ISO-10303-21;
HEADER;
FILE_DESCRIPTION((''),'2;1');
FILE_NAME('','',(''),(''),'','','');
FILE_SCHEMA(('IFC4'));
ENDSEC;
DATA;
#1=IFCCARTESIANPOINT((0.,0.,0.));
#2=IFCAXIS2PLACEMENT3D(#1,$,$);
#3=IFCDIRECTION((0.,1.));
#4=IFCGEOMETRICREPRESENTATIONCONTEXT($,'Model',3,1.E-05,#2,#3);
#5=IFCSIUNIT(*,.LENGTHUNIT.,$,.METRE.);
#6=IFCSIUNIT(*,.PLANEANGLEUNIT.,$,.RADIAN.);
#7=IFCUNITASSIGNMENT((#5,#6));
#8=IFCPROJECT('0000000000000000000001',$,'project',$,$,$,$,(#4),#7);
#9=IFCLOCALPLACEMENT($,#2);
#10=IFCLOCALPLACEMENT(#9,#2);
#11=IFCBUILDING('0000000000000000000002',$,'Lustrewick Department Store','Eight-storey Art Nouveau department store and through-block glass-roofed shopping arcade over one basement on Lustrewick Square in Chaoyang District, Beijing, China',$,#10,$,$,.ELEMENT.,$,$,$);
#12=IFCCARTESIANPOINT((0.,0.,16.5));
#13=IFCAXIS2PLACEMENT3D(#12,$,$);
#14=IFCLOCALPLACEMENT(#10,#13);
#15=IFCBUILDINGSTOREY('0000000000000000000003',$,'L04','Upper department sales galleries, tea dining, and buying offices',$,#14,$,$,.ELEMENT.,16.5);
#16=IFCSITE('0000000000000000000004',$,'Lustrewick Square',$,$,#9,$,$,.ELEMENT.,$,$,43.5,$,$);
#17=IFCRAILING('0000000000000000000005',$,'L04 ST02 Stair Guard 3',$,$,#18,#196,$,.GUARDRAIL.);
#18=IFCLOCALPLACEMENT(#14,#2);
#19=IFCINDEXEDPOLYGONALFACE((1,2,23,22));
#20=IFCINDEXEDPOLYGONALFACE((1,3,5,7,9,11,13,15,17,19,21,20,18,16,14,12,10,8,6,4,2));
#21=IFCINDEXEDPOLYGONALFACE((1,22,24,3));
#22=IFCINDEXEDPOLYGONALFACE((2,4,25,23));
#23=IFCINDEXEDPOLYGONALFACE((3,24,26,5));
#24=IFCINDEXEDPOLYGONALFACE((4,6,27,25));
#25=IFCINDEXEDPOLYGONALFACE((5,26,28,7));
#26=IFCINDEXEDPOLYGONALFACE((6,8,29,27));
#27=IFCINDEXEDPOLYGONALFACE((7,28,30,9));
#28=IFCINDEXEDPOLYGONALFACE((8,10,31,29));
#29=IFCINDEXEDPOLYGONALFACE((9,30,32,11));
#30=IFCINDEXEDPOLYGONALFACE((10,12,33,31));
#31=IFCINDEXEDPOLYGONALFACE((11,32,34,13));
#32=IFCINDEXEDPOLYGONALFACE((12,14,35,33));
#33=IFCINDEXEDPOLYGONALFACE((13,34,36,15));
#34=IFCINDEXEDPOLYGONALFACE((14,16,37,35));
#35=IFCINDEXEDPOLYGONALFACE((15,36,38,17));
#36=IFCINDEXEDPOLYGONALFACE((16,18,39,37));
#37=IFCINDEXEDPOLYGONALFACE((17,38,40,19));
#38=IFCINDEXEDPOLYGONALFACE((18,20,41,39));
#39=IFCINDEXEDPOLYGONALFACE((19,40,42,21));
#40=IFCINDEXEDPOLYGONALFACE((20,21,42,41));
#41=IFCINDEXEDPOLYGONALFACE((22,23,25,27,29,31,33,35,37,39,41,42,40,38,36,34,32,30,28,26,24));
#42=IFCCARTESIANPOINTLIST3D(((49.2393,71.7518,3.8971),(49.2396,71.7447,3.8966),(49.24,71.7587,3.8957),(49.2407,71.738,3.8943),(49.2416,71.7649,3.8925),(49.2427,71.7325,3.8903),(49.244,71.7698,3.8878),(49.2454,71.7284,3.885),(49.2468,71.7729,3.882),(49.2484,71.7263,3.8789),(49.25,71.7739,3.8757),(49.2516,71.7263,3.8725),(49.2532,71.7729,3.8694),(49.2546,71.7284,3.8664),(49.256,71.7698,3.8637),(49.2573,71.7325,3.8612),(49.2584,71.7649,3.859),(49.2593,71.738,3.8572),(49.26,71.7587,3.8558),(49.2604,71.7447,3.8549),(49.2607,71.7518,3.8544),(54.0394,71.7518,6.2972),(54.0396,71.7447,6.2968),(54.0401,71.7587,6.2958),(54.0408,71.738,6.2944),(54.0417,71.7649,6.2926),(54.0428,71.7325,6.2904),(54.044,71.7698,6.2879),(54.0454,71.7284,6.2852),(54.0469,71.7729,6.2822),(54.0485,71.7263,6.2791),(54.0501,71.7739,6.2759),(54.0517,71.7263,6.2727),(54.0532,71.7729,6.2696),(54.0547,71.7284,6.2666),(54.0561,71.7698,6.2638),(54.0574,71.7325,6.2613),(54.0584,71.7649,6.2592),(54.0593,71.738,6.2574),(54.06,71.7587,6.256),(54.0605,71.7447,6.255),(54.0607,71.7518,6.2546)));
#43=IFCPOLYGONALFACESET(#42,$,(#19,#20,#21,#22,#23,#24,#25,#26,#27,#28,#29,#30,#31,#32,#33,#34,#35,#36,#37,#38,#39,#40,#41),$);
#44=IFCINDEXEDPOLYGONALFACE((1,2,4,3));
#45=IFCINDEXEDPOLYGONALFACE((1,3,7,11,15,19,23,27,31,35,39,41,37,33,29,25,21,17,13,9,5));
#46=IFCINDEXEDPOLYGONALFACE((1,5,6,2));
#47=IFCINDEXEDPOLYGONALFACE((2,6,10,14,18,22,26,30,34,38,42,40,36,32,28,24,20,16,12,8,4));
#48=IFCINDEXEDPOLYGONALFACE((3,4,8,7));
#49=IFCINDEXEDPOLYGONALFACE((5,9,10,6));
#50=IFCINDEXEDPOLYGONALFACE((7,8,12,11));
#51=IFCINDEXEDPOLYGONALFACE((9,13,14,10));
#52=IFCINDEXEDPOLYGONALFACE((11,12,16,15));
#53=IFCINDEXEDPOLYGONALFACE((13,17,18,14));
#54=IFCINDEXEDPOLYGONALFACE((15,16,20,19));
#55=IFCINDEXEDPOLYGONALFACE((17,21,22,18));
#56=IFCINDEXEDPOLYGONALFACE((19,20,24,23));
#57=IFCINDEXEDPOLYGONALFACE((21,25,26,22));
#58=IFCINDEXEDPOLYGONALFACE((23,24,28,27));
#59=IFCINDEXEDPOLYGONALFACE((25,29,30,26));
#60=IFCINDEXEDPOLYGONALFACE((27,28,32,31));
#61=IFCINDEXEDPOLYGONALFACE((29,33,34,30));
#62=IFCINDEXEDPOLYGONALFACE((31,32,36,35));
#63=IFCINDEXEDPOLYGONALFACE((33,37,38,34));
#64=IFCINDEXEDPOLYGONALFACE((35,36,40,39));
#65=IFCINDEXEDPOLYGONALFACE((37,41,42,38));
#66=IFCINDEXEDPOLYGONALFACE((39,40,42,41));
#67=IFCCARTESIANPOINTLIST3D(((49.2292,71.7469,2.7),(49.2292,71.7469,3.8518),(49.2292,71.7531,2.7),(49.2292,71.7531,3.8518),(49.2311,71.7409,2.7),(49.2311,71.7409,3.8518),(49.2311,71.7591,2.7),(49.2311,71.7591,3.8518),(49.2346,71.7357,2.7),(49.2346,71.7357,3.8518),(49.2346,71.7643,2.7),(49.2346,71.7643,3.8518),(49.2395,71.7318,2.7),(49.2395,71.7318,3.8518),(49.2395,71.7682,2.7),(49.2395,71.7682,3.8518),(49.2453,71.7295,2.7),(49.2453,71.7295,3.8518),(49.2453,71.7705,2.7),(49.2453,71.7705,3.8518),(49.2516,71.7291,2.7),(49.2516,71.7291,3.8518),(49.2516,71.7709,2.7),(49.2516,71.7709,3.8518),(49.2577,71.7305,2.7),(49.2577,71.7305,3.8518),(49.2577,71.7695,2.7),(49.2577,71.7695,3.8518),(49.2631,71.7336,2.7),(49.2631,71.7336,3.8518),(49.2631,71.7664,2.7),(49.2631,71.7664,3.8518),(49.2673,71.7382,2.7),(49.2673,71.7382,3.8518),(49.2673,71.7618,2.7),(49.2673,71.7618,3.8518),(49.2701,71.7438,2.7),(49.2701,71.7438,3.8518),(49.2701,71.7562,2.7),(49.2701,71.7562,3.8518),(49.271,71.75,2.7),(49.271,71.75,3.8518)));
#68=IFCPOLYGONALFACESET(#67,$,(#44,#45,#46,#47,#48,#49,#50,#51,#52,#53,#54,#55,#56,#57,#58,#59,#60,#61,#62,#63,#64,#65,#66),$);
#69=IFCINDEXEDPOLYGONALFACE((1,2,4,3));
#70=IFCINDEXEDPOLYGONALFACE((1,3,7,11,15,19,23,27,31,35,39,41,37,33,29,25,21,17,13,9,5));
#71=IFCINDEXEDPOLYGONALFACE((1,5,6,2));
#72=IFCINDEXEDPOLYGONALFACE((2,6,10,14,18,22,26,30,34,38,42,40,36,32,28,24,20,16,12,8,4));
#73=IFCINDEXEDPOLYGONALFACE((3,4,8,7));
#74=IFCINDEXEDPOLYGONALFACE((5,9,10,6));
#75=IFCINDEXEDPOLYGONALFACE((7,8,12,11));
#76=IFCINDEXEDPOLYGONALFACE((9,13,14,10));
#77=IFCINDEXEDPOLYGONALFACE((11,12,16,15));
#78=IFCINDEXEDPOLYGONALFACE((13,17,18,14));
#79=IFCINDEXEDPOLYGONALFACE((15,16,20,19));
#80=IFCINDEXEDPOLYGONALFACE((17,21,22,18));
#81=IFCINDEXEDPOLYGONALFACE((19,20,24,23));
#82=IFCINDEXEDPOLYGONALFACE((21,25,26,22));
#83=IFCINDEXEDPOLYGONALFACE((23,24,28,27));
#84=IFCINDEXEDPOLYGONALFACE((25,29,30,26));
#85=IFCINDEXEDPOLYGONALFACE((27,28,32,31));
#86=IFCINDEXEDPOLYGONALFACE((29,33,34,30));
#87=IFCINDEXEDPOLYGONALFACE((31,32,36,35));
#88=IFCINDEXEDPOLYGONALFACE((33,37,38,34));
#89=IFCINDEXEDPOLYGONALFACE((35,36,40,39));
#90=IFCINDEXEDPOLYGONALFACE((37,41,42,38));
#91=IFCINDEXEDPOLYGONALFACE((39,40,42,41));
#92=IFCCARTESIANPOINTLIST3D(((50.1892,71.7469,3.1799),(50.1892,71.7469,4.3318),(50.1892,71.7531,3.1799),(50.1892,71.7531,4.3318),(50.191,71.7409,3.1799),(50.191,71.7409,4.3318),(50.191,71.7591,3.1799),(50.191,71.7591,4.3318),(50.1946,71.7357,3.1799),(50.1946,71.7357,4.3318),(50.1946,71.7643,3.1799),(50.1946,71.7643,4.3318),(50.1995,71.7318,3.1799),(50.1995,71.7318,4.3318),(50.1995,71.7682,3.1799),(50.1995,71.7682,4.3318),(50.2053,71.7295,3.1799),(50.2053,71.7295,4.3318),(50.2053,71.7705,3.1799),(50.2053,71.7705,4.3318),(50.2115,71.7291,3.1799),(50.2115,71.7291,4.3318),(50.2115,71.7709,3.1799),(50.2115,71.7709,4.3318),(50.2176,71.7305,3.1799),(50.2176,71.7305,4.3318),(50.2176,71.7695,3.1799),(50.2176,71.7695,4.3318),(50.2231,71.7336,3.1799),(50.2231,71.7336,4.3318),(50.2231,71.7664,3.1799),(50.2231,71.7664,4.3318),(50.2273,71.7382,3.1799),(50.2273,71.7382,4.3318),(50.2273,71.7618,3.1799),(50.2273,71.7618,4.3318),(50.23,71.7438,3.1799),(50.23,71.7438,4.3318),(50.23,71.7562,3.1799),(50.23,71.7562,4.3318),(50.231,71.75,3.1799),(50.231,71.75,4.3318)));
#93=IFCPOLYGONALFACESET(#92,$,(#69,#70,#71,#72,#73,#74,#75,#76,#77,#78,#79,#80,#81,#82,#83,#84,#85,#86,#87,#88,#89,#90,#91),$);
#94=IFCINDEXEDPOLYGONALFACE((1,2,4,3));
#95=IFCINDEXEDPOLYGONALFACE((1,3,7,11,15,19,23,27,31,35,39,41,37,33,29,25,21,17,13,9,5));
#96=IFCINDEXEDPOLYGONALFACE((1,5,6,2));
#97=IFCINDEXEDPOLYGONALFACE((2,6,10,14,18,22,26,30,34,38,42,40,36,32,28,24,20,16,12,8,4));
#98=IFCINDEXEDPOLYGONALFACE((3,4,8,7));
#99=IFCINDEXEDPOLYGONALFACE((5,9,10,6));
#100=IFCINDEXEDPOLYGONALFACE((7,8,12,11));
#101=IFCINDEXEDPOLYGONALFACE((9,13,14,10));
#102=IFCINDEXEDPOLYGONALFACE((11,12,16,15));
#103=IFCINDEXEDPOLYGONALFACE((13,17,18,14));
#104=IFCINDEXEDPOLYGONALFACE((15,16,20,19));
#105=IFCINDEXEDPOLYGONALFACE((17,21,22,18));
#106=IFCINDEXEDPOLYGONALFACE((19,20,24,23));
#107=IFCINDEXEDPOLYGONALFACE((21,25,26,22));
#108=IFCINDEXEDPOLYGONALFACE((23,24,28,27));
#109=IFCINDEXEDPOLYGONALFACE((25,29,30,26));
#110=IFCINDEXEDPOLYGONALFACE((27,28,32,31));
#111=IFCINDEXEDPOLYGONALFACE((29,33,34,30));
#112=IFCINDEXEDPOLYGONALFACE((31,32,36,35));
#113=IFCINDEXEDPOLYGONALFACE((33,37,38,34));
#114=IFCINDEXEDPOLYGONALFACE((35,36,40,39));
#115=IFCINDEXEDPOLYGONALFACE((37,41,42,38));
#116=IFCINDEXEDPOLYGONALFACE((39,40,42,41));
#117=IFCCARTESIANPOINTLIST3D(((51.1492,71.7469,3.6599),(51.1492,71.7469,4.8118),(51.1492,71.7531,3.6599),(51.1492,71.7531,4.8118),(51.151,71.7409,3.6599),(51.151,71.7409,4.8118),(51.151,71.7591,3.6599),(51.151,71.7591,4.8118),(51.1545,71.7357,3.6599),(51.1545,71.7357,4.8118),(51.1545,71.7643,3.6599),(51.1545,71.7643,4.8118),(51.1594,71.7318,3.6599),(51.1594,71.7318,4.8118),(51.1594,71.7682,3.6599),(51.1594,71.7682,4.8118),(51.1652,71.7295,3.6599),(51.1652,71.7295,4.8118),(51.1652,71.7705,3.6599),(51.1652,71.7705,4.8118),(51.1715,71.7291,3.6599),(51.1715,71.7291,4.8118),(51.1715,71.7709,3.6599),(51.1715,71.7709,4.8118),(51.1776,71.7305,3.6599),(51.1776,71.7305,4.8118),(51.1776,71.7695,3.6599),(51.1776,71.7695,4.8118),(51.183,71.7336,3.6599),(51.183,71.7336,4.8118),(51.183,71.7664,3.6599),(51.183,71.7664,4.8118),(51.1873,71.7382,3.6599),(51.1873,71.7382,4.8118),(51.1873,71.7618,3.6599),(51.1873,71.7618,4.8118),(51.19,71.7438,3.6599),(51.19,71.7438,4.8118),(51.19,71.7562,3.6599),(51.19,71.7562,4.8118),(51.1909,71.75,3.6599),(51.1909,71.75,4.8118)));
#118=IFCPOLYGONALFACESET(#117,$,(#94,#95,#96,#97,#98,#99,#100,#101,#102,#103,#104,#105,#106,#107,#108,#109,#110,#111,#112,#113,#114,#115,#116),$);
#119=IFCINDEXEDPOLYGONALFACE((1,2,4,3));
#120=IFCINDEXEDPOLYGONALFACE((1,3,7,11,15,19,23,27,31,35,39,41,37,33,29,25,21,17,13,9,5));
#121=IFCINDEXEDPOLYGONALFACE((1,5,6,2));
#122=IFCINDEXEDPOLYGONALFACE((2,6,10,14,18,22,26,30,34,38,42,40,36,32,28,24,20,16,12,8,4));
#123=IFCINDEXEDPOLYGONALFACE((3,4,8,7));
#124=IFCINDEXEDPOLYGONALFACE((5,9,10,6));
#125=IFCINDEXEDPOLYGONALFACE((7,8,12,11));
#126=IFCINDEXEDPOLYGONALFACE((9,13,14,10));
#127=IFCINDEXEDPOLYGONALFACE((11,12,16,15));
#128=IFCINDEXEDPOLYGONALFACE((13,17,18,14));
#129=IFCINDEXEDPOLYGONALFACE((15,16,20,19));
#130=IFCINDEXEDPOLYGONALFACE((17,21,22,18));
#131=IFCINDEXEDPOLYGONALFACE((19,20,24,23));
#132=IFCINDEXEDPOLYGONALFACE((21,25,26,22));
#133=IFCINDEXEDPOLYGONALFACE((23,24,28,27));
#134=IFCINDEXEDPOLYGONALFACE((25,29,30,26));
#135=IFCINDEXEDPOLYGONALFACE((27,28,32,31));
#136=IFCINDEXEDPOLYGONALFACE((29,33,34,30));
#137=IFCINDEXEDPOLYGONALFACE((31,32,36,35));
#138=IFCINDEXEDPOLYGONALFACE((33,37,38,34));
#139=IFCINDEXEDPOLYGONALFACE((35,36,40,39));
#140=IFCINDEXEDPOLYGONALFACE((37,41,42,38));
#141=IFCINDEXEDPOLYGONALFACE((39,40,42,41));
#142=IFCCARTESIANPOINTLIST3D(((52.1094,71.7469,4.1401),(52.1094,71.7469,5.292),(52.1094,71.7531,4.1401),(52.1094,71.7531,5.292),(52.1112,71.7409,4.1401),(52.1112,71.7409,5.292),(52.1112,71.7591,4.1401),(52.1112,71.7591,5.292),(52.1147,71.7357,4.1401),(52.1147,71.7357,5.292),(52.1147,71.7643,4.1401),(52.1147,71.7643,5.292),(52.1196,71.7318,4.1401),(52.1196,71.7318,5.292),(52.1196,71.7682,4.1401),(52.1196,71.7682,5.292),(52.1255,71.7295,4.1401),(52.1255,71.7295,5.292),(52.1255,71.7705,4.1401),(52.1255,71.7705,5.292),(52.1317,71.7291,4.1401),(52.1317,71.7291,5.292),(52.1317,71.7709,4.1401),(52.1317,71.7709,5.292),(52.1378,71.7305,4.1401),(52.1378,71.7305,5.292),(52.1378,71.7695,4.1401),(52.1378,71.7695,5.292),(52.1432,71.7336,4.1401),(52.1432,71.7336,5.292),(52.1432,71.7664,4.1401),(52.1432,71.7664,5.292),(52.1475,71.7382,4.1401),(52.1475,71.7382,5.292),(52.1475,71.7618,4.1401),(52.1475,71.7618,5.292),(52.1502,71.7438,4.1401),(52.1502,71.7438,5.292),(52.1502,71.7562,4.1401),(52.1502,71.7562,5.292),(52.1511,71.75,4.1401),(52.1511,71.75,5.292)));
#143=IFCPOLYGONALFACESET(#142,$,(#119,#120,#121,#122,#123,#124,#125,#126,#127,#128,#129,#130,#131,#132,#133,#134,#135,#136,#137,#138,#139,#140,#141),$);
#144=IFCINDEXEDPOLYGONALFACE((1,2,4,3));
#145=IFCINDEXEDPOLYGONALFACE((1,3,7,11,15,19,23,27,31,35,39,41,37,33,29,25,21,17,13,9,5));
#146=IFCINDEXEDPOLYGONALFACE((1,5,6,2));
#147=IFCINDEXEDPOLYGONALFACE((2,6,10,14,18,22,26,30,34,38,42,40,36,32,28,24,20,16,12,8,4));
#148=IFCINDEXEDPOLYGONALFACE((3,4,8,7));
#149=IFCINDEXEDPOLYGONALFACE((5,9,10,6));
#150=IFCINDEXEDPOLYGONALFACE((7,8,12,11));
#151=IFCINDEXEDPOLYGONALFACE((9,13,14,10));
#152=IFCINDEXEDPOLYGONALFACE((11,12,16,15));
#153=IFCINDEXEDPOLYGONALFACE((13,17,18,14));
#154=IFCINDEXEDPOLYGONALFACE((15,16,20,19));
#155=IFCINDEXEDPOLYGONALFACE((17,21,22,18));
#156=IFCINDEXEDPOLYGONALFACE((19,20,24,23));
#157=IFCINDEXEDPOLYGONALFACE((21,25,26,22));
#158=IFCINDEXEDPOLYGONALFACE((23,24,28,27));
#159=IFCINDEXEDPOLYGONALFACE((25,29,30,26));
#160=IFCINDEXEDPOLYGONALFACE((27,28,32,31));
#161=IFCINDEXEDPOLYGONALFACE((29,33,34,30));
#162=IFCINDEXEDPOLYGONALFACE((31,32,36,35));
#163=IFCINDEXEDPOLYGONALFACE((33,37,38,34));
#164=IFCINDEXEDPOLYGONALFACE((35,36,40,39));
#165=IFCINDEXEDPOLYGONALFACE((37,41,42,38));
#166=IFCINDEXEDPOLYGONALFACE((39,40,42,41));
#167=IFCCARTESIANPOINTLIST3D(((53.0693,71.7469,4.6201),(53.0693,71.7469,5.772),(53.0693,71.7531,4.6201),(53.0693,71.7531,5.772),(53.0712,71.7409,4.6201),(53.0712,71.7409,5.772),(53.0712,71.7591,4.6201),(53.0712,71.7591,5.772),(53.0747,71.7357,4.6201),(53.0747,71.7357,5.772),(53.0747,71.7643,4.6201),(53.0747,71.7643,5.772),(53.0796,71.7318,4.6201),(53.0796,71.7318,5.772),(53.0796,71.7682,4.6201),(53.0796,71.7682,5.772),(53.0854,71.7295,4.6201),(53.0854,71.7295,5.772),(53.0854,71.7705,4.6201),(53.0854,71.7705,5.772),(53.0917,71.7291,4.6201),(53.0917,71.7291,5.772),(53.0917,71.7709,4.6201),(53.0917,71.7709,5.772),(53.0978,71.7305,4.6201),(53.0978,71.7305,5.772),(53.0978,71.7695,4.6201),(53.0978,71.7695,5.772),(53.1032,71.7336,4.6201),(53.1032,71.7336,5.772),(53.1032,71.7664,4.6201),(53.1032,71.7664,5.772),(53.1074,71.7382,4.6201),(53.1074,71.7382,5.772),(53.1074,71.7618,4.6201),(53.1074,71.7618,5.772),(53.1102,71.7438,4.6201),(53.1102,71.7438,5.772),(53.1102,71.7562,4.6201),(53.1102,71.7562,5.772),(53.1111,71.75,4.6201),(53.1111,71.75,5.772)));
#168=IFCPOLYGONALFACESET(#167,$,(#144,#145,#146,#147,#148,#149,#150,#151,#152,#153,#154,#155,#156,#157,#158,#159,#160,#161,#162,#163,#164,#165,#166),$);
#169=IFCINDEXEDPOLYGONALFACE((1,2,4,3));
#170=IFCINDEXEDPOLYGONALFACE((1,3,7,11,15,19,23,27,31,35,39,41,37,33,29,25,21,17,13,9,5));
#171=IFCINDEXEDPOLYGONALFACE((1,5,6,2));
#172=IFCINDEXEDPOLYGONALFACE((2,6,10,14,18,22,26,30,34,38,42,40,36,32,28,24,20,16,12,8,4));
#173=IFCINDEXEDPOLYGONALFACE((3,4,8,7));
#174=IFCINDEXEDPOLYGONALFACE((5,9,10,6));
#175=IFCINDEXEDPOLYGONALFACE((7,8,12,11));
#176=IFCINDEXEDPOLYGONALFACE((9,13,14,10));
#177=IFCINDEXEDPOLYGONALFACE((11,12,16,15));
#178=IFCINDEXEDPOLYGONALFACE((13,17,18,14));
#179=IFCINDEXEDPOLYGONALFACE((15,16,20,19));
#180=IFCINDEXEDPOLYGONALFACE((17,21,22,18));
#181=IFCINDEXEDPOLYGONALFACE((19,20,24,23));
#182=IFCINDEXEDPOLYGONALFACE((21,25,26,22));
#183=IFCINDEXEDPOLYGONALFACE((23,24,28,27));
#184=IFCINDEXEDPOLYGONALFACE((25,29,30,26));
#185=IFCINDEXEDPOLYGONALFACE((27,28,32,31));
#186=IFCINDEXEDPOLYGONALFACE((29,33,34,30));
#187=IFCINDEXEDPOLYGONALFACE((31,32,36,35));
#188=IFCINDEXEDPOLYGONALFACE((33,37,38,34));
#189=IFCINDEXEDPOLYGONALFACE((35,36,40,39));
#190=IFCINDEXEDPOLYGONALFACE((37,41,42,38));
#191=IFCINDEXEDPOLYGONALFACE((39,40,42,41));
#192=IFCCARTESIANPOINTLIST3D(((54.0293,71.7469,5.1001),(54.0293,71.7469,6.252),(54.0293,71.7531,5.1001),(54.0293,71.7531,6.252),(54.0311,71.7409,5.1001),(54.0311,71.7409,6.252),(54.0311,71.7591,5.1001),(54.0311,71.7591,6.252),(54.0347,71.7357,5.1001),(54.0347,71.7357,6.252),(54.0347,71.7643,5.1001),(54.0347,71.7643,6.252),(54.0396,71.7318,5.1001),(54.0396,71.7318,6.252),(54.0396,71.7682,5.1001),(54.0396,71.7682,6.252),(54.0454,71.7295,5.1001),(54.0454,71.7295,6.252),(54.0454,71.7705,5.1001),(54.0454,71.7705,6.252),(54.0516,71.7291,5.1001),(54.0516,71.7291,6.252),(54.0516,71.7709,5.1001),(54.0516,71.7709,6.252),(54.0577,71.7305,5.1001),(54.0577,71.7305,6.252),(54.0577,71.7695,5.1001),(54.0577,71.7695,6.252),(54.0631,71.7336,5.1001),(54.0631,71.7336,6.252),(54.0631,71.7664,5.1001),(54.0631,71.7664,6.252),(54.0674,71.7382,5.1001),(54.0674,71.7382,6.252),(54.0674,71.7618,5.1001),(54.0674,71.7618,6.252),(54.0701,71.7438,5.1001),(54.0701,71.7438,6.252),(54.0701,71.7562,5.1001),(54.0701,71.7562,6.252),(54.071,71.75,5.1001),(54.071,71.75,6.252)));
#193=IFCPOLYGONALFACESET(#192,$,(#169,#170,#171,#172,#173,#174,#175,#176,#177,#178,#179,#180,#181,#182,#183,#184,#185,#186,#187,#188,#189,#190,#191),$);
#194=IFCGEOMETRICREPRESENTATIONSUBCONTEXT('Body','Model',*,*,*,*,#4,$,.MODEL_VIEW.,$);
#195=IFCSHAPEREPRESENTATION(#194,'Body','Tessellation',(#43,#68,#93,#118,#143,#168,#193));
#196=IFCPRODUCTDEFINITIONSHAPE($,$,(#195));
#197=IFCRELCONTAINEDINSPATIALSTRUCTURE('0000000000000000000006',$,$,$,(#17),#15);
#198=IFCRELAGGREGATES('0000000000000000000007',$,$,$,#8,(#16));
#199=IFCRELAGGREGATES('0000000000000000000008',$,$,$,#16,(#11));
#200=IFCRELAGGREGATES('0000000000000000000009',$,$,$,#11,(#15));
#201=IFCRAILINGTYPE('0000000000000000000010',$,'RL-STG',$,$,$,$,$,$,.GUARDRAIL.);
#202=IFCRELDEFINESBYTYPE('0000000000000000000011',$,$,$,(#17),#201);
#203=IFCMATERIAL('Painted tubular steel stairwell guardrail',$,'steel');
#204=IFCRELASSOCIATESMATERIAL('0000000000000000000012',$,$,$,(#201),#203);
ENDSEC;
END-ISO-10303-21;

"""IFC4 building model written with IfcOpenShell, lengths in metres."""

from ifc_helpers import new_model, si_unit, direction, frame, origin, origin_2d, place, context, subcontext, project, spatial, circle, extrude, material, type_object, element, save


model = new_model("IFC4")

# Units and contexts
model_context = context("Model", 3, precision=1e-05, world=origin(), true_north=direction((0.0, 1.0)))
body_context = subcontext(model_context, "Body", "Model", "MODEL_VIEW")
ifc_project = project(units=[si_unit("LENGTHUNIT", "METRE"), si_unit("PLANEANGLEUNIT", "RADIAN")], contexts=[model_context])

# Site, building, storey
site_placement = place(None, origin())
site = spatial("IfcSite", under=ifc_project, at=site_placement, Name="Lustrewick Square", CompositionType="ELEMENT", RefElevation=43.5)
building_placement = place(site_placement, origin())
building = spatial("IfcBuilding", under=site, at=building_placement, Name="Lustrewick Department Store", Description="Eight-storey Art Nouveau department store and through-block glass-roofed shopping arcade over one basement on Lustrewick Square in Chaoyang District, Beijing, China", CompositionType="ELEMENT")
storey_placement = place(building_placement, frame((0.0, 0.0, 16.5)))
storey = spatial("IfcBuildingStorey", under=building, at=storey_placement, Name="L04", Description="Upper department sales galleries, tea dining, and buying offices", CompositionType="ELEMENT", Elevation=16.5)

# Railing
ifc_material_1 = material(Name="Painted tubular steel stairwell guardrail", Category="steel")
railing_type_1 = type_object("IfcRailingType", Name="RL-STG", PredefinedType="GUARDRAIL", material=ifc_material_1)
railing_1_placement = place(storey_placement, frame((49.25, 71.75, 2.7)))
element("IfcRailing", 1, at=railing_1_placement, inside=storey, type_object=railing_type_1, Name="L04 ST02 Stair Guard 3", PredefinedType="GUARDRAIL", context=body_context, shape_type="SweptSolid", body=[
    extrude(circle(Radius=0.0239, at=origin_2d()), frame((0.0, 0.0, 1.1758), z_axis=(0.894418, 0.0, 0.447232), x_axis=(0.0, 1.0, 0.0)), (0.0, 0.0, 1.0), 5.3667),
    extrude(circle(Radius=0.021, at=origin_2d()), origin(), (0.0, 0.0, 1.0), 1.1519),
    extrude(circle(Radius=0.021, at=origin_2d()), frame((0.96, 0.0, 0.48)), (0.0, 0.0, 1.0), 1.1519),
    extrude(circle(Radius=0.021, at=origin_2d()), frame((1.9199, 0.0, 0.96)), (0.0, 0.0, 1.0), 1.1519),
    extrude(circle(Radius=0.021, at=origin_2d()), frame((2.8801, 0.0, 1.4402)), (0.0, 0.0, 1.0), 1.1519),
    extrude(circle(Radius=0.021, at=origin_2d()), frame((3.8401, 0.0, 1.9202)), (0.0, 0.0, 1.0), 1.1519),
    extrude(circle(Radius=0.021, at=origin_2d()), frame((4.8, 0.0, 2.4001)), (0.0, 0.0, 1.0), 1.1519),
])

save(model, "model.ifc")
